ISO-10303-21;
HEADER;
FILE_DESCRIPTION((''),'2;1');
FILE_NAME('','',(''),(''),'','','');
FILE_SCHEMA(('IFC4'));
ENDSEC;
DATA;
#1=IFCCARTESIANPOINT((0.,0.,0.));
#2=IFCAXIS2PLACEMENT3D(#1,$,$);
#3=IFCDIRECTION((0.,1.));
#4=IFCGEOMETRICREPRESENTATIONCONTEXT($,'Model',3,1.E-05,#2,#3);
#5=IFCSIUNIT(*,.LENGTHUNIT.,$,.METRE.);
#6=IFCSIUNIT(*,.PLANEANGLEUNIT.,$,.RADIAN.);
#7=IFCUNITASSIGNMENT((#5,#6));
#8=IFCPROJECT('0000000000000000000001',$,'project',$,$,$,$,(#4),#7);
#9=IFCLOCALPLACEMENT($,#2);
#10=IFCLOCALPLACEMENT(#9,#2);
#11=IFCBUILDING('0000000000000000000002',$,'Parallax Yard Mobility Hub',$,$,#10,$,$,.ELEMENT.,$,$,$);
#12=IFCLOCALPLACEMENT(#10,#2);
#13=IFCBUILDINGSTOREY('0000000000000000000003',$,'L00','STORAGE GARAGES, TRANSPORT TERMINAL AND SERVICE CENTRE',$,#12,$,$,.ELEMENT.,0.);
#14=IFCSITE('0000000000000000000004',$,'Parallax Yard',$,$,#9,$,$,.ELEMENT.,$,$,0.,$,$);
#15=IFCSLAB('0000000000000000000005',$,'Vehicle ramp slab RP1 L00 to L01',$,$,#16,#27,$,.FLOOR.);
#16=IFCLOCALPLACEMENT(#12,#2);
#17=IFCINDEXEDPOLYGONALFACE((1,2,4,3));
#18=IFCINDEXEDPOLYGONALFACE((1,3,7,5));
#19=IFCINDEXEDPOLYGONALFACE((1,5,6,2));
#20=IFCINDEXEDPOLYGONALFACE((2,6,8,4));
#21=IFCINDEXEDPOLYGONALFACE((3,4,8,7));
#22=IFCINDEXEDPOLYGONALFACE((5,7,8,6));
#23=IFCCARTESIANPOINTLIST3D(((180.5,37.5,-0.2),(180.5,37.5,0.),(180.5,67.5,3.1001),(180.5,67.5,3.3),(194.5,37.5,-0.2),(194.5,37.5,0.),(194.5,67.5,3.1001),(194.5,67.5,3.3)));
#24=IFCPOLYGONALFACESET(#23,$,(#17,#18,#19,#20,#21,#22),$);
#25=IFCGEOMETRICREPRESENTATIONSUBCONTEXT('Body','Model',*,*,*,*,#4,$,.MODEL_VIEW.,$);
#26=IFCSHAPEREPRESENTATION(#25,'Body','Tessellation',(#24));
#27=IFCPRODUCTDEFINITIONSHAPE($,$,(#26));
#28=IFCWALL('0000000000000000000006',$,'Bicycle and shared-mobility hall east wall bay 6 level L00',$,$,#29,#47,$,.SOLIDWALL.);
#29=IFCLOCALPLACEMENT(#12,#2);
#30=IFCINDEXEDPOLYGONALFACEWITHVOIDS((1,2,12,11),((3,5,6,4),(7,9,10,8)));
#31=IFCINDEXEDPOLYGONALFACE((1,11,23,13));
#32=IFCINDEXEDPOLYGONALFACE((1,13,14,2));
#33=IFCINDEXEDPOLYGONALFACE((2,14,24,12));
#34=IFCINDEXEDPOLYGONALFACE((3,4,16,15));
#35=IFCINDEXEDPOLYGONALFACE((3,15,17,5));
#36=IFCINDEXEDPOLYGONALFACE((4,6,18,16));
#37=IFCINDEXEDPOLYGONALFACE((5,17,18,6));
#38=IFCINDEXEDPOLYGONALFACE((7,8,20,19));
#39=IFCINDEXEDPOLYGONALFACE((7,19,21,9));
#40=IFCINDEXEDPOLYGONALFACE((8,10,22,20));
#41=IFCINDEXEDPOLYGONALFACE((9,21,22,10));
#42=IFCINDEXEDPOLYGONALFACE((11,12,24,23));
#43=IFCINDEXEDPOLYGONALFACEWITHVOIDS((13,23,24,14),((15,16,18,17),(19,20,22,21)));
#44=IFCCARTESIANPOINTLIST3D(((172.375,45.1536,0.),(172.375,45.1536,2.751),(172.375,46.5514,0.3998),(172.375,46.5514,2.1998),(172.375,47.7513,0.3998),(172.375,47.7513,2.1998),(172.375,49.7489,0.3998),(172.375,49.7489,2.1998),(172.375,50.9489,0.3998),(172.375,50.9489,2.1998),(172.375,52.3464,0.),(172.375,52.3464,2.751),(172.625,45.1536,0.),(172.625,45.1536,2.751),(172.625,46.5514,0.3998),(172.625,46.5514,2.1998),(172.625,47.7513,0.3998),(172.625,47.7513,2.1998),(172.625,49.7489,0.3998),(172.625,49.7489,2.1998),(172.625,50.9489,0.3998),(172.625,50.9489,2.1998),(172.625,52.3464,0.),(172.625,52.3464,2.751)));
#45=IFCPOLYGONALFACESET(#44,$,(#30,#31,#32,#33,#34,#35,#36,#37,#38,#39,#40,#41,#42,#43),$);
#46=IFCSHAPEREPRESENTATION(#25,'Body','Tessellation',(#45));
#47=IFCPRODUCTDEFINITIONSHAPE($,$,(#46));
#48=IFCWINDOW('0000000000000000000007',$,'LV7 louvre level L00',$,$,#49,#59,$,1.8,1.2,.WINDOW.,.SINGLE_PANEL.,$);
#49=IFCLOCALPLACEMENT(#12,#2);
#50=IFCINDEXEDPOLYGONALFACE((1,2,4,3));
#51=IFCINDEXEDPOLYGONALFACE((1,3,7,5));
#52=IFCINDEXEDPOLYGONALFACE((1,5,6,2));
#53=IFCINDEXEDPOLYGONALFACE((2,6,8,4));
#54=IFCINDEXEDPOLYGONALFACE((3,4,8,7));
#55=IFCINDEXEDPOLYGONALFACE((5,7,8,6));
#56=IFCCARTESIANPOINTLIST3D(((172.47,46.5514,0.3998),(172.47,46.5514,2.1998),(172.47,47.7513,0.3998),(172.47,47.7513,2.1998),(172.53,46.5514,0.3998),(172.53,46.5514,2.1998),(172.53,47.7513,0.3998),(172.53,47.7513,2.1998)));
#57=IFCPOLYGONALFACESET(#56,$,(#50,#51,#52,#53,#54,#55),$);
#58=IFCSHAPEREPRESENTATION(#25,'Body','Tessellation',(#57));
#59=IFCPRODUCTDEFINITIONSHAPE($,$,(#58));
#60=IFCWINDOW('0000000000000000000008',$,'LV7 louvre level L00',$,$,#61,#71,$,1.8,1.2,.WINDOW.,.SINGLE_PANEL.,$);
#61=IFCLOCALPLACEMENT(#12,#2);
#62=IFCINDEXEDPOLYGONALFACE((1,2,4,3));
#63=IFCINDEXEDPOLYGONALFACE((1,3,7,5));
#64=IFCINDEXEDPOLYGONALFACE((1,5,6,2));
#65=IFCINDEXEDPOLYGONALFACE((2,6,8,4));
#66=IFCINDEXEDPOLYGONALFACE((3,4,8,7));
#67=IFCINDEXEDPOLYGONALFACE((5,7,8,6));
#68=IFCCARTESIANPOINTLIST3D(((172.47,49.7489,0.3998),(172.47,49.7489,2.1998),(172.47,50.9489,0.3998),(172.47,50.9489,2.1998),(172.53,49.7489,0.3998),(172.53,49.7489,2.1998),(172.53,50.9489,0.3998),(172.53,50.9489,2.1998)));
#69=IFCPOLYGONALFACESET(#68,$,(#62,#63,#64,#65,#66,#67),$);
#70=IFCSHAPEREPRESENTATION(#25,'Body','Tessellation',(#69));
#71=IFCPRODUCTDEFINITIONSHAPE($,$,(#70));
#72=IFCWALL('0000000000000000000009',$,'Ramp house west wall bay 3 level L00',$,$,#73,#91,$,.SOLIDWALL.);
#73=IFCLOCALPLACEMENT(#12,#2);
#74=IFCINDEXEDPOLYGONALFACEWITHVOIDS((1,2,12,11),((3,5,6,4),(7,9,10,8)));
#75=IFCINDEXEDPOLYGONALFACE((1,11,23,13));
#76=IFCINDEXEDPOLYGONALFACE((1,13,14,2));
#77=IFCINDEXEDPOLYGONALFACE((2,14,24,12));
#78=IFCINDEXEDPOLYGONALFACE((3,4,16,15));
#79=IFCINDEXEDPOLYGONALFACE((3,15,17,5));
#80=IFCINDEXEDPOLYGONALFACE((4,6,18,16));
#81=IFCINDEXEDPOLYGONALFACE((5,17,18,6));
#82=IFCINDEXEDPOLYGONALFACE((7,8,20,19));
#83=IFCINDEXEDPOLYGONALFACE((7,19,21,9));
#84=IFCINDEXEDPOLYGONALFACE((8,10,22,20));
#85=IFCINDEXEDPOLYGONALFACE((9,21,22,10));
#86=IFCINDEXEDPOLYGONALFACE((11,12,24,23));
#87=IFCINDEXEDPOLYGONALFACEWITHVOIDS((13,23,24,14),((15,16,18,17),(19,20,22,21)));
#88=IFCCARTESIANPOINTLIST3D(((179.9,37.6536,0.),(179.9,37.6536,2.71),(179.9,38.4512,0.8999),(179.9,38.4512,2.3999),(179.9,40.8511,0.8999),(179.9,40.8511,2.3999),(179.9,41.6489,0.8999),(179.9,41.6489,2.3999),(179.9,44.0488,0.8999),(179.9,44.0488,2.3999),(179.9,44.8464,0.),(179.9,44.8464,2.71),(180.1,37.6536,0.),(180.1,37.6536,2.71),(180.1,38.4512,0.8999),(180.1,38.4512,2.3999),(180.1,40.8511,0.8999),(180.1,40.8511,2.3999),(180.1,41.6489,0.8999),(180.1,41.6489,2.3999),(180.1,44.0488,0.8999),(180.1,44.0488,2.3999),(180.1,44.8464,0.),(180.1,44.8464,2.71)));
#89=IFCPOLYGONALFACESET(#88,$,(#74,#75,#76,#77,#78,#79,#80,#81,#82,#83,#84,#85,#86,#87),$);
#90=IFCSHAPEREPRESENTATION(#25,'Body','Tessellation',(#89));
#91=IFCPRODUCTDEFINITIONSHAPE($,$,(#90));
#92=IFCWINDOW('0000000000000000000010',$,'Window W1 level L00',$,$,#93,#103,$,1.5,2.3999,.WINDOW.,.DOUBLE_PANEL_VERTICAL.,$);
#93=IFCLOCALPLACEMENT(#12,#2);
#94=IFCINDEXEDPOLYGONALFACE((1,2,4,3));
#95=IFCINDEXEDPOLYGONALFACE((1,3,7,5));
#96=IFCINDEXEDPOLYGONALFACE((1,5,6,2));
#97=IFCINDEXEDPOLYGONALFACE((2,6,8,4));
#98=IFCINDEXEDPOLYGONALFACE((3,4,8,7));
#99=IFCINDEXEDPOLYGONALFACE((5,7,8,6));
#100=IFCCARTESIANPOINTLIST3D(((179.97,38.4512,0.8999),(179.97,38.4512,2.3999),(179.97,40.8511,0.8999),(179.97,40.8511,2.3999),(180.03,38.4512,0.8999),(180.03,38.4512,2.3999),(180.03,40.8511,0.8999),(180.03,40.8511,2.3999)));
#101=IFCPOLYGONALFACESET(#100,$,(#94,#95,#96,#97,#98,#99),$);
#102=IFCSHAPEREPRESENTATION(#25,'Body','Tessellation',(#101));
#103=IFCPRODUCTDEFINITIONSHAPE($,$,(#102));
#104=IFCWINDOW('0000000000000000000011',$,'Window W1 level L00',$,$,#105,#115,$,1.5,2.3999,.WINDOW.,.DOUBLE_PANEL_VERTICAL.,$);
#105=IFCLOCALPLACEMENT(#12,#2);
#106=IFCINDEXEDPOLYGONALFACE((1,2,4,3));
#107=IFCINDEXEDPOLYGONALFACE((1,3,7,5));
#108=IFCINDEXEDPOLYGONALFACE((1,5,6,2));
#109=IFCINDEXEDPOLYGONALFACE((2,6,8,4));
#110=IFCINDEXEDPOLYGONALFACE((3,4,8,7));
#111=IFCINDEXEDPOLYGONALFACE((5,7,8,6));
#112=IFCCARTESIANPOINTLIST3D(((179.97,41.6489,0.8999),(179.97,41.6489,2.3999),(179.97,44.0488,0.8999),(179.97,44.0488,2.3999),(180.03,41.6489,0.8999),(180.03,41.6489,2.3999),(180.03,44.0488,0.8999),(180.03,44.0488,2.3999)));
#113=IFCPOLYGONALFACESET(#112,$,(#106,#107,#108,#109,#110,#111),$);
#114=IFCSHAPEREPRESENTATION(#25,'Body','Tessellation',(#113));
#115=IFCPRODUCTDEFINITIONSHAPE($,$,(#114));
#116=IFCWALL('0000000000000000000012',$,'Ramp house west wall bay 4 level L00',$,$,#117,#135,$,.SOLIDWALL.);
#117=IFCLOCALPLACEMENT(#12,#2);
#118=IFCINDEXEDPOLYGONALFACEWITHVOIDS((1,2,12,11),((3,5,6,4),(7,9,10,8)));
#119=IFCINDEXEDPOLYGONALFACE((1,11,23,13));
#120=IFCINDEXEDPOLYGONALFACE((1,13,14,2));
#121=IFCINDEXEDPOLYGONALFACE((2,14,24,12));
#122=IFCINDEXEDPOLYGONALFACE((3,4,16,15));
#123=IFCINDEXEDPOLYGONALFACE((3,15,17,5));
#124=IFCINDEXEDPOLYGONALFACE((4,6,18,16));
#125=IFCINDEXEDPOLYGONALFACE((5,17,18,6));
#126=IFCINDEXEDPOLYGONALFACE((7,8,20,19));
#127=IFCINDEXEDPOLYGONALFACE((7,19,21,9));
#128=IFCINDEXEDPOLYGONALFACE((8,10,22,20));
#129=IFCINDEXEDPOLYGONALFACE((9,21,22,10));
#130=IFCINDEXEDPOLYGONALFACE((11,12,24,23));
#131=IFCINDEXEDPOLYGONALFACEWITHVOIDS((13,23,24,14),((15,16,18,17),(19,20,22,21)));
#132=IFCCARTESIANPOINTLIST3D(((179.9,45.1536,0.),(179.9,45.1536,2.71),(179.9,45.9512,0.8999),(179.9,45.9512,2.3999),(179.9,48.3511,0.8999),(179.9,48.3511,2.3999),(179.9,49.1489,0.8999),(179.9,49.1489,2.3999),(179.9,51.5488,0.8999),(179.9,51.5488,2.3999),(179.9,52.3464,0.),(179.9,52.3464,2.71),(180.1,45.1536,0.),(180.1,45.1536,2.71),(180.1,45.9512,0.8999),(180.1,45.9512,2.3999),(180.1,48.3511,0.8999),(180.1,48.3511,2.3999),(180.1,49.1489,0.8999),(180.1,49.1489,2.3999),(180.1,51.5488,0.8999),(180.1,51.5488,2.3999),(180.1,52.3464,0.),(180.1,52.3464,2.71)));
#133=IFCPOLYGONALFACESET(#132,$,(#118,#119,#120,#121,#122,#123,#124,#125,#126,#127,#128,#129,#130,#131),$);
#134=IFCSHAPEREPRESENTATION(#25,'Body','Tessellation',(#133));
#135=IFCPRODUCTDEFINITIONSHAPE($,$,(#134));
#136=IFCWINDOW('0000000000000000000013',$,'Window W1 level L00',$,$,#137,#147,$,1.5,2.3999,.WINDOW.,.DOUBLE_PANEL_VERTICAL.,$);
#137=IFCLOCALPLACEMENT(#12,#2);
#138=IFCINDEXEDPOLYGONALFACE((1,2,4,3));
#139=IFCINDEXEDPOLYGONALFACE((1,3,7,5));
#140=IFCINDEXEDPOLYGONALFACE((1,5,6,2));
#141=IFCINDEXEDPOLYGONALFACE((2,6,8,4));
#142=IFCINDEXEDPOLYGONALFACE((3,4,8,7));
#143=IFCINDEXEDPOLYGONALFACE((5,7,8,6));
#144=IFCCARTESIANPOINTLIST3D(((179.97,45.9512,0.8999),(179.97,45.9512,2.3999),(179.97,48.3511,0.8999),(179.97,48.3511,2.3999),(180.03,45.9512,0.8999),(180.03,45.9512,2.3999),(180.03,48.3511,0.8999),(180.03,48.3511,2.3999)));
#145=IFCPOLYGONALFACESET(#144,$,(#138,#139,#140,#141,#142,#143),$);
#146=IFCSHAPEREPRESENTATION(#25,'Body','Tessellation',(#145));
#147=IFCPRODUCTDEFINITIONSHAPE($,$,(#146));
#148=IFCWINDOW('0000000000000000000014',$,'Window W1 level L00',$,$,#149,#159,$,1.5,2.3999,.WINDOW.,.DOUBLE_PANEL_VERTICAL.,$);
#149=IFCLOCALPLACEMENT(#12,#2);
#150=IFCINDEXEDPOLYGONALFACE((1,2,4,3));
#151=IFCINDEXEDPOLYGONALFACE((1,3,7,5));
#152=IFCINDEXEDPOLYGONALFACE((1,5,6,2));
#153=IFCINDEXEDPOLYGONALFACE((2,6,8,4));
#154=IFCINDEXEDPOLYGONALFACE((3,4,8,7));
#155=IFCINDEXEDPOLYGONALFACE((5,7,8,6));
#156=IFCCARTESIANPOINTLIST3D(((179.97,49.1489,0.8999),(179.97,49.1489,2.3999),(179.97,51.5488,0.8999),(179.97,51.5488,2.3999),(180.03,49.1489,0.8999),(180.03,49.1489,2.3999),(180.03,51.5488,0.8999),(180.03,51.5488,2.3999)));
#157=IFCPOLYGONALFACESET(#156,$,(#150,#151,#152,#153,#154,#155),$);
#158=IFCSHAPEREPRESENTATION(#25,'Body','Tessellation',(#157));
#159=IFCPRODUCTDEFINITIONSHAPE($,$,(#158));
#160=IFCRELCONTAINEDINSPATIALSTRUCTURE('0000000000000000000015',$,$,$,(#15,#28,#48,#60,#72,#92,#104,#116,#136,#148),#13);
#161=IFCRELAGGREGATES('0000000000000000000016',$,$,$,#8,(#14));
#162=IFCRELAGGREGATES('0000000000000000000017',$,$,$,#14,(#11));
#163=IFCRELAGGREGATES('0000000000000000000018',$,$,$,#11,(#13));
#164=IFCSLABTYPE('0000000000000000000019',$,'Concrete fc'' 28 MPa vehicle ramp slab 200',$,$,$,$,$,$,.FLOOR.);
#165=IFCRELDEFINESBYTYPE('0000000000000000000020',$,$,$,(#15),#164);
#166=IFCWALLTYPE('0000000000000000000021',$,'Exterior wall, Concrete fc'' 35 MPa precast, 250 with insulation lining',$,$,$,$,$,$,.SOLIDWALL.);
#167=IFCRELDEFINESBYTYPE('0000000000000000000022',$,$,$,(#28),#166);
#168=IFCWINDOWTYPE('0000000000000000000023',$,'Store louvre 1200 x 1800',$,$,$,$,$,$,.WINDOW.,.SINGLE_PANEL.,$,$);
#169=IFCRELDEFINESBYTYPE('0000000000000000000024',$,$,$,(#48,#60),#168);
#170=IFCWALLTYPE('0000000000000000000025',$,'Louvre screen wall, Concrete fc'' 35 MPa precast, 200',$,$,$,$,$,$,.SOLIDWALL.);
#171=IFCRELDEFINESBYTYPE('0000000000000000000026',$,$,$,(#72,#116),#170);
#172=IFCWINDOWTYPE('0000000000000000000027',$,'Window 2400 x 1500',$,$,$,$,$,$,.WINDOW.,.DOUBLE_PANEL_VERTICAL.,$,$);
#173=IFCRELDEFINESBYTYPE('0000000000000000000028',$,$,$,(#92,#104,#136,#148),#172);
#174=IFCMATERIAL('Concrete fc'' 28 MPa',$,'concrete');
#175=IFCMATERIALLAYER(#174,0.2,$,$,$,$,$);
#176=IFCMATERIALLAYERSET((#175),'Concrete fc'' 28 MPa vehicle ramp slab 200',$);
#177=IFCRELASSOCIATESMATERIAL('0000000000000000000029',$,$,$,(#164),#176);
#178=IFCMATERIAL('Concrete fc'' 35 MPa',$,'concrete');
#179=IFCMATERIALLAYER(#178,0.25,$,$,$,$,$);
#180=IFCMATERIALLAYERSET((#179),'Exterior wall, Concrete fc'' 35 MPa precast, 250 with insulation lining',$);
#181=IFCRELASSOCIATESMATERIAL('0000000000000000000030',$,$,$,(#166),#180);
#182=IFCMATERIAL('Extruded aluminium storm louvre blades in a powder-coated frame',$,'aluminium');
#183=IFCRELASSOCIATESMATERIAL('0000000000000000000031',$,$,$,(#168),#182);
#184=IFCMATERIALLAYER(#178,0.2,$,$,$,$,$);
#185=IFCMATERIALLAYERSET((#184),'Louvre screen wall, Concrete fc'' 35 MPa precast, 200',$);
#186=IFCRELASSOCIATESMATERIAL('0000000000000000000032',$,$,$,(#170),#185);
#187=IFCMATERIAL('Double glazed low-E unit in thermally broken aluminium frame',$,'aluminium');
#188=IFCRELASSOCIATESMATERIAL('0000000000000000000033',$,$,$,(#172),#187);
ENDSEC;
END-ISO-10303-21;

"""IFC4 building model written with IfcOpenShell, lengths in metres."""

from ifc_helpers import new_model, si_unit, direction, frame, frame_2d, origin, place, context, subcontext, project, spatial, polyline, rectangle, outline, extrude, material, layer, layer_set, type_object, element, fill, save


model = new_model("IFC4")

# Units and contexts
model_context = context("Model", 3, precision=1e-05, world=origin(), true_north=direction((0.0, 1.0)))
body_context = subcontext(model_context, "Body", "Model", "MODEL_VIEW")
ifc_project = project(units=[si_unit("LENGTHUNIT", "METRE"), si_unit("PLANEANGLEUNIT", "RADIAN")], contexts=[model_context])

# Site, building, storey
site_placement = place(None, origin())
site = spatial("IfcSite", under=ifc_project, at=site_placement, Name="Parallax Yard", CompositionType="ELEMENT", RefElevation=0.0)
building_placement = place(site_placement, origin())
building = spatial("IfcBuilding", under=site, at=building_placement, Name="Parallax Yard Mobility Hub", CompositionType="ELEMENT")
storey_placement = place(building_placement, origin())
storey = spatial("IfcBuildingStorey", under=building, at=storey_placement, Name="L00", Description="STORAGE GARAGES, TRANSPORT TERMINAL AND SERVICE CENTRE", CompositionType="ELEMENT", Elevation=0.0)

# Shared definitions
ifc_material_1 = material(Name="Concrete fc' 28 MPa", Category="concrete")

# Slab
ifc_layer_1 = layer(ifc_material_1, 0.2)
ifc_layer_set_1 = layer_set([ifc_layer_1], Name="Concrete fc' 28 MPa vehicle ramp slab 200")
slab_type = type_object("IfcSlabType", Name="Concrete fc' 28 MPa vehicle ramp slab 200", PredefinedType="FLOOR", material=ifc_layer_set_1)
slab_placement = place(storey_placement, frame((187.5, 37.5, 0.0), z_axis=(0.0, 0.0, 1.0), x_axis=(0.0, 1.0, 0.0)))
element("IfcSlab", 1, at=slab_placement, inside=storey, type_object=slab_type, Name="Vehicle ramp slab RP1 L00 to L01", PredefinedType="FLOOR", context=body_context, shape_type="SweptSolid", body=[
    extrude(outline(polyline([(0.0, -0.2), (30.0, 3.1001), (30.0, 3.3), (0.0, 0.0), (0.0, -0.2)])), frame((0.0, 7.0, 0.0), z_axis=(0.0, -1.0, 0.0), x_axis=(1.0, 0.0, 0.0)), (0.0, 0.0, 1.0), 14.0),
])

# Walls, openings, windows
ifc_material_2 = material(Name="Concrete fc' 35 MPa", Category="concrete")
ifc_layer_2 = layer(ifc_material_2, 0.25)
ifc_layer_set_2 = layer_set([ifc_layer_2], Name="Exterior wall, Concrete fc' 35 MPa precast, 250 with insulation lining")
wall_type_1 = type_object("IfcWallType", Name="Exterior wall, Concrete fc' 35 MPa precast, 250 with insulation lining", PredefinedType="SOLIDWALL", material=ifc_layer_set_2)
wall_1_placement = place(storey_placement, frame((172.5, 45.1536, 0.0), z_axis=(0.0, 0.0, 1.0), x_axis=(0.0, 1.0, 0.0)))
wall_1 = element("IfcWall", 2, at=wall_1_placement, inside=storey, type_object=wall_type_1, Name="Bicycle and shared-mobility hall east wall bay 6 level L00", PredefinedType="SOLIDWALL", context=body_context, shape_type="SweptSolid", body=[
    extrude(rectangle(XDim=7.1929, YDim=0.25, at=frame_2d((3.5964, 0.0))), origin(), (0.0, 0.0, 1.0), 2.751),
])
opening_1_placement = place(wall_1_placement, frame((1.3977, 0.0, 0.3999)))
opening_1 = element("IfcOpeningElement", 3, at=opening_1_placement, cuts=wall_1, PredefinedType="OPENING", context=body_context, shape_type="SweptSolid", body=[
    extrude(rectangle(XDim=1.2, YDim=1.8, at=frame_2d((0.6001, 0.8999))), frame((0.0, 0.135, 0.0), z_axis=(0.0, -1.0, 0.0), x_axis=(1.0, 0.0, 0.0)), (0.0, 0.0, 1.0), 0.27),
])
opening_2_placement = place(wall_1_placement, frame((4.5952, 0.0, 0.3999)))
opening_2 = element("IfcOpeningElement", 4, at=opening_2_placement, cuts=wall_1, PredefinedType="OPENING", context=body_context, shape_type="SweptSolid", body=[
    extrude(rectangle(XDim=1.2, YDim=1.8, at=frame_2d((0.6001, 0.8999))), frame((0.0, 0.135, 0.0), z_axis=(0.0, -1.0, 0.0), x_axis=(1.0, 0.0, 0.0)), (0.0, 0.0, 1.0), 0.27),
])
ifc_material_3 = material(Name="Extruded aluminium storm louvre blades in a powder-coated frame", Category="aluminium")
window_type_1 = type_object("IfcWindowType", Name="Store louvre 1200 x 1800", PartitioningType="SINGLE_PANEL", PredefinedType="WINDOW", material=ifc_material_3)
window_1_placement = place(opening_1_placement, origin())
window_1 = element("IfcWindow", 5, at=window_1_placement, inside=storey, type_object=window_type_1, Name="LV7 louvre level L00", OverallHeight=1.8, OverallWidth=1.2, PartitioningType="SINGLE_PANEL", PredefinedType="WINDOW", context=body_context, shape_type="SweptSolid", body=[
    extrude(rectangle(XDim=1.2, YDim=1.8, at=frame_2d((0.6001, 0.8999))), frame((0.0, 0.03, 0.0), z_axis=(0.0, -1.0, 0.0), x_axis=(1.0, 0.0, 0.0)), (0.0, 0.0, 1.0), 0.0601),
])
fill(opening_1, window_1)
window_2_placement = place(opening_2_placement, origin())
window_2 = element("IfcWindow", 6, at=window_2_placement, inside=storey, type_object=window_type_1, Name="LV7 louvre level L00", OverallHeight=1.8, OverallWidth=1.2, PartitioningType="SINGLE_PANEL", PredefinedType="WINDOW", context=body_context, shape_type="SweptSolid", body=[
    extrude(rectangle(XDim=1.2, YDim=1.8, at=frame_2d((0.6001, 0.8999))), frame((0.0, 0.03, 0.0), z_axis=(0.0, -1.0, 0.0), x_axis=(1.0, 0.0, 0.0)), (0.0, 0.0, 1.0), 0.0601),
])
fill(opening_2, window_2)
ifc_layer_3 = layer(ifc_material_2, 0.2)
ifc_layer_set_3 = layer_set([ifc_layer_3], Name="Louvre screen wall, Concrete fc' 35 MPa precast, 200")
wall_type_2 = type_object("IfcWallType", Name="Louvre screen wall, Concrete fc' 35 MPa precast, 200", PredefinedType="SOLIDWALL", material=ifc_layer_set_3)
wall_2_placement = place(storey_placement, frame((180.0, 37.6536, 0.0), z_axis=(0.0, 0.0, 1.0), x_axis=(0.0, 1.0, 0.0)))
wall_2 = element("IfcWall", 7, at=wall_2_placement, inside=storey, type_object=wall_type_2, Name="Ramp house west wall bay 3 level L00", PredefinedType="SOLIDWALL", context=body_context, shape_type="SweptSolid", body=[
    extrude(rectangle(XDim=7.1929, YDim=0.2, at=frame_2d((3.5964, 0.0))), origin(), (0.0, 0.0, 1.0), 2.71),
])
opening_3_placement = place(wall_2_placement, frame((0.7976, 0.0, 0.8999)))
opening_3 = element("IfcOpeningElement", 8, at=opening_3_placement, cuts=wall_2, PredefinedType="OPENING", context=body_context, shape_type="SweptSolid", body=[
    extrude(rectangle(XDim=2.3999, YDim=1.5, at=frame_2d((1.2, 0.75))), frame((0.0, 0.1099, 0.0), z_axis=(0.0, -1.0, 0.0), x_axis=(1.0, 0.0, 0.0)), (0.0, 0.0, 1.0), 0.22),
])
opening_4_placement = place(wall_2_placement, frame((3.9954, 0.0, 0.8999)))
opening_4 = element("IfcOpeningElement", 9, at=opening_4_placement, cuts=wall_2, PredefinedType="OPENING", context=body_context, shape_type="SweptSolid", body=[
    extrude(rectangle(XDim=2.3999, YDim=1.5, at=frame_2d((1.2, 0.75))), frame((0.0, 0.1099, 0.0), z_axis=(0.0, -1.0, 0.0), x_axis=(1.0, 0.0, 0.0)), (0.0, 0.0, 1.0), 0.22),
])
ifc_material_4 = material(Name="Double glazed low-E unit in thermally broken aluminium frame", Category="aluminium")
window_type_2 = type_object("IfcWindowType", Name="Window 2400 x 1500", PartitioningType="DOUBLE_PANEL_VERTICAL", PredefinedType="WINDOW", material=ifc_material_4)
window_3_placement = place(opening_3_placement, origin())
window_3 = element("IfcWindow", 10, at=window_3_placement, inside=storey, type_object=window_type_2, Name="Window W1 level L00", OverallHeight=1.5, OverallWidth=2.3999, PartitioningType="DOUBLE_PANEL_VERTICAL", PredefinedType="WINDOW", context=body_context, shape_type="SweptSolid", body=[
    extrude(rectangle(XDim=2.3999, YDim=1.5, at=frame_2d((1.2, 0.75))), frame((0.0, 0.03, 0.0), z_axis=(0.0, -1.0, 0.0), x_axis=(1.0, 0.0, 0.0)), (0.0, 0.0, 1.0), 0.0601),
])
fill(opening_3, window_3)
window_4_placement = place(opening_4_placement, origin())
window_4 = element("IfcWindow", 11, at=window_4_placement, inside=storey, type_object=window_type_2, Name="Window W1 level L00", OverallHeight=1.5, OverallWidth=2.3999, PartitioningType="DOUBLE_PANEL_VERTICAL", PredefinedType="WINDOW", context=body_context, shape_type="SweptSolid", body=[
    extrude(rectangle(XDim=2.3999, YDim=1.5, at=frame_2d((1.2, 0.75))), frame((0.0, 0.03, 0.0), z_axis=(0.0, -1.0, 0.0), x_axis=(1.0, 0.0, 0.0)), (0.0, 0.0, 1.0), 0.0601),
])
fill(opening_4, window_4)
wall_3_placement = place(storey_placement, frame((180.0, 45.1536, 0.0), z_axis=(0.0, 0.0, 1.0), x_axis=(0.0, 1.0, 0.0)))
wall_3 = element("IfcWall", 12, at=wall_3_placement, inside=storey, type_object=wall_type_2, Name="Ramp house west wall bay 4 level L00", PredefinedType="SOLIDWALL", context=body_context, shape_type="SweptSolid", body=[
    extrude(rectangle(XDim=7.1929, YDim=0.2, at=frame_2d((3.5964, 0.0))), origin(), (0.0, 0.0, 1.0), 2.71),
])
opening_5_placement = place(wall_3_placement, frame((0.7976, 0.0, 0.8999)))
opening_5 = element("IfcOpeningElement", 13, at=opening_5_placement, cuts=wall_3, PredefinedType="OPENING", context=body_context, shape_type="SweptSolid", body=[
    extrude(rectangle(XDim=2.3999, YDim=1.5, at=frame_2d((1.2, 0.75))), frame((0.0, 0.1099, 0.0), z_axis=(0.0, -1.0, 0.0), x_axis=(1.0, 0.0, 0.0)), (0.0, 0.0, 1.0), 0.22),
])
opening_6_placement = place(wall_3_placement, frame((3.9954, 0.0, 0.8999)))
opening_6 = element("IfcOpeningElement", 14, at=opening_6_placement, cuts=wall_3, PredefinedType="OPENING", context=body_context, shape_type="SweptSolid", body=[
    extrude(rectangle(XDim=2.3999, YDim=1.5, at=frame_2d((1.2, 0.75))), frame((0.0, 0.1099, 0.0), z_axis=(0.0, -1.0, 0.0), x_axis=(1.0, 0.0, 0.0)), (0.0, 0.0, 1.0), 0.22),
])
window_5_placement = place(opening_5_placement, origin())
window_5 = element("IfcWindow", 15, at=window_5_placement, inside=storey, type_object=window_type_2, Name="Window W1 level L00", OverallHeight=1.5, OverallWidth=2.3999, PartitioningType="DOUBLE_PANEL_VERTICAL", PredefinedType="WINDOW", context=body_context, shape_type="SweptSolid", body=[
    extrude(rectangle(XDim=2.3999, YDim=1.5, at=frame_2d((1.2, 0.75))), frame((0.0, 0.03, 0.0), z_axis=(0.0, -1.0, 0.0), x_axis=(1.0, 0.0, 0.0)), (0.0, 0.0, 1.0), 0.0601),
])
fill(opening_5, window_5)
window_6_placement = place(opening_6_placement, origin())
window_6 = element("IfcWindow", 16, at=window_6_placement, inside=storey, type_object=window_type_2, Name="Window W1 level L00", OverallHeight=1.5, OverallWidth=2.3999, PartitioningType="DOUBLE_PANEL_VERTICAL", PredefinedType="WINDOW", context=body_context, shape_type="SweptSolid", body=[
    extrude(rectangle(XDim=2.3999, YDim=1.5, at=frame_2d((1.2, 0.75))), frame((0.0, 0.03, 0.0), z_axis=(0.0, -1.0, 0.0), x_axis=(1.0, 0.0, 0.0)), (0.0, 0.0, 1.0), 0.0601),
])
fill(opening_6, window_6)

save(model, "model.ifc")
